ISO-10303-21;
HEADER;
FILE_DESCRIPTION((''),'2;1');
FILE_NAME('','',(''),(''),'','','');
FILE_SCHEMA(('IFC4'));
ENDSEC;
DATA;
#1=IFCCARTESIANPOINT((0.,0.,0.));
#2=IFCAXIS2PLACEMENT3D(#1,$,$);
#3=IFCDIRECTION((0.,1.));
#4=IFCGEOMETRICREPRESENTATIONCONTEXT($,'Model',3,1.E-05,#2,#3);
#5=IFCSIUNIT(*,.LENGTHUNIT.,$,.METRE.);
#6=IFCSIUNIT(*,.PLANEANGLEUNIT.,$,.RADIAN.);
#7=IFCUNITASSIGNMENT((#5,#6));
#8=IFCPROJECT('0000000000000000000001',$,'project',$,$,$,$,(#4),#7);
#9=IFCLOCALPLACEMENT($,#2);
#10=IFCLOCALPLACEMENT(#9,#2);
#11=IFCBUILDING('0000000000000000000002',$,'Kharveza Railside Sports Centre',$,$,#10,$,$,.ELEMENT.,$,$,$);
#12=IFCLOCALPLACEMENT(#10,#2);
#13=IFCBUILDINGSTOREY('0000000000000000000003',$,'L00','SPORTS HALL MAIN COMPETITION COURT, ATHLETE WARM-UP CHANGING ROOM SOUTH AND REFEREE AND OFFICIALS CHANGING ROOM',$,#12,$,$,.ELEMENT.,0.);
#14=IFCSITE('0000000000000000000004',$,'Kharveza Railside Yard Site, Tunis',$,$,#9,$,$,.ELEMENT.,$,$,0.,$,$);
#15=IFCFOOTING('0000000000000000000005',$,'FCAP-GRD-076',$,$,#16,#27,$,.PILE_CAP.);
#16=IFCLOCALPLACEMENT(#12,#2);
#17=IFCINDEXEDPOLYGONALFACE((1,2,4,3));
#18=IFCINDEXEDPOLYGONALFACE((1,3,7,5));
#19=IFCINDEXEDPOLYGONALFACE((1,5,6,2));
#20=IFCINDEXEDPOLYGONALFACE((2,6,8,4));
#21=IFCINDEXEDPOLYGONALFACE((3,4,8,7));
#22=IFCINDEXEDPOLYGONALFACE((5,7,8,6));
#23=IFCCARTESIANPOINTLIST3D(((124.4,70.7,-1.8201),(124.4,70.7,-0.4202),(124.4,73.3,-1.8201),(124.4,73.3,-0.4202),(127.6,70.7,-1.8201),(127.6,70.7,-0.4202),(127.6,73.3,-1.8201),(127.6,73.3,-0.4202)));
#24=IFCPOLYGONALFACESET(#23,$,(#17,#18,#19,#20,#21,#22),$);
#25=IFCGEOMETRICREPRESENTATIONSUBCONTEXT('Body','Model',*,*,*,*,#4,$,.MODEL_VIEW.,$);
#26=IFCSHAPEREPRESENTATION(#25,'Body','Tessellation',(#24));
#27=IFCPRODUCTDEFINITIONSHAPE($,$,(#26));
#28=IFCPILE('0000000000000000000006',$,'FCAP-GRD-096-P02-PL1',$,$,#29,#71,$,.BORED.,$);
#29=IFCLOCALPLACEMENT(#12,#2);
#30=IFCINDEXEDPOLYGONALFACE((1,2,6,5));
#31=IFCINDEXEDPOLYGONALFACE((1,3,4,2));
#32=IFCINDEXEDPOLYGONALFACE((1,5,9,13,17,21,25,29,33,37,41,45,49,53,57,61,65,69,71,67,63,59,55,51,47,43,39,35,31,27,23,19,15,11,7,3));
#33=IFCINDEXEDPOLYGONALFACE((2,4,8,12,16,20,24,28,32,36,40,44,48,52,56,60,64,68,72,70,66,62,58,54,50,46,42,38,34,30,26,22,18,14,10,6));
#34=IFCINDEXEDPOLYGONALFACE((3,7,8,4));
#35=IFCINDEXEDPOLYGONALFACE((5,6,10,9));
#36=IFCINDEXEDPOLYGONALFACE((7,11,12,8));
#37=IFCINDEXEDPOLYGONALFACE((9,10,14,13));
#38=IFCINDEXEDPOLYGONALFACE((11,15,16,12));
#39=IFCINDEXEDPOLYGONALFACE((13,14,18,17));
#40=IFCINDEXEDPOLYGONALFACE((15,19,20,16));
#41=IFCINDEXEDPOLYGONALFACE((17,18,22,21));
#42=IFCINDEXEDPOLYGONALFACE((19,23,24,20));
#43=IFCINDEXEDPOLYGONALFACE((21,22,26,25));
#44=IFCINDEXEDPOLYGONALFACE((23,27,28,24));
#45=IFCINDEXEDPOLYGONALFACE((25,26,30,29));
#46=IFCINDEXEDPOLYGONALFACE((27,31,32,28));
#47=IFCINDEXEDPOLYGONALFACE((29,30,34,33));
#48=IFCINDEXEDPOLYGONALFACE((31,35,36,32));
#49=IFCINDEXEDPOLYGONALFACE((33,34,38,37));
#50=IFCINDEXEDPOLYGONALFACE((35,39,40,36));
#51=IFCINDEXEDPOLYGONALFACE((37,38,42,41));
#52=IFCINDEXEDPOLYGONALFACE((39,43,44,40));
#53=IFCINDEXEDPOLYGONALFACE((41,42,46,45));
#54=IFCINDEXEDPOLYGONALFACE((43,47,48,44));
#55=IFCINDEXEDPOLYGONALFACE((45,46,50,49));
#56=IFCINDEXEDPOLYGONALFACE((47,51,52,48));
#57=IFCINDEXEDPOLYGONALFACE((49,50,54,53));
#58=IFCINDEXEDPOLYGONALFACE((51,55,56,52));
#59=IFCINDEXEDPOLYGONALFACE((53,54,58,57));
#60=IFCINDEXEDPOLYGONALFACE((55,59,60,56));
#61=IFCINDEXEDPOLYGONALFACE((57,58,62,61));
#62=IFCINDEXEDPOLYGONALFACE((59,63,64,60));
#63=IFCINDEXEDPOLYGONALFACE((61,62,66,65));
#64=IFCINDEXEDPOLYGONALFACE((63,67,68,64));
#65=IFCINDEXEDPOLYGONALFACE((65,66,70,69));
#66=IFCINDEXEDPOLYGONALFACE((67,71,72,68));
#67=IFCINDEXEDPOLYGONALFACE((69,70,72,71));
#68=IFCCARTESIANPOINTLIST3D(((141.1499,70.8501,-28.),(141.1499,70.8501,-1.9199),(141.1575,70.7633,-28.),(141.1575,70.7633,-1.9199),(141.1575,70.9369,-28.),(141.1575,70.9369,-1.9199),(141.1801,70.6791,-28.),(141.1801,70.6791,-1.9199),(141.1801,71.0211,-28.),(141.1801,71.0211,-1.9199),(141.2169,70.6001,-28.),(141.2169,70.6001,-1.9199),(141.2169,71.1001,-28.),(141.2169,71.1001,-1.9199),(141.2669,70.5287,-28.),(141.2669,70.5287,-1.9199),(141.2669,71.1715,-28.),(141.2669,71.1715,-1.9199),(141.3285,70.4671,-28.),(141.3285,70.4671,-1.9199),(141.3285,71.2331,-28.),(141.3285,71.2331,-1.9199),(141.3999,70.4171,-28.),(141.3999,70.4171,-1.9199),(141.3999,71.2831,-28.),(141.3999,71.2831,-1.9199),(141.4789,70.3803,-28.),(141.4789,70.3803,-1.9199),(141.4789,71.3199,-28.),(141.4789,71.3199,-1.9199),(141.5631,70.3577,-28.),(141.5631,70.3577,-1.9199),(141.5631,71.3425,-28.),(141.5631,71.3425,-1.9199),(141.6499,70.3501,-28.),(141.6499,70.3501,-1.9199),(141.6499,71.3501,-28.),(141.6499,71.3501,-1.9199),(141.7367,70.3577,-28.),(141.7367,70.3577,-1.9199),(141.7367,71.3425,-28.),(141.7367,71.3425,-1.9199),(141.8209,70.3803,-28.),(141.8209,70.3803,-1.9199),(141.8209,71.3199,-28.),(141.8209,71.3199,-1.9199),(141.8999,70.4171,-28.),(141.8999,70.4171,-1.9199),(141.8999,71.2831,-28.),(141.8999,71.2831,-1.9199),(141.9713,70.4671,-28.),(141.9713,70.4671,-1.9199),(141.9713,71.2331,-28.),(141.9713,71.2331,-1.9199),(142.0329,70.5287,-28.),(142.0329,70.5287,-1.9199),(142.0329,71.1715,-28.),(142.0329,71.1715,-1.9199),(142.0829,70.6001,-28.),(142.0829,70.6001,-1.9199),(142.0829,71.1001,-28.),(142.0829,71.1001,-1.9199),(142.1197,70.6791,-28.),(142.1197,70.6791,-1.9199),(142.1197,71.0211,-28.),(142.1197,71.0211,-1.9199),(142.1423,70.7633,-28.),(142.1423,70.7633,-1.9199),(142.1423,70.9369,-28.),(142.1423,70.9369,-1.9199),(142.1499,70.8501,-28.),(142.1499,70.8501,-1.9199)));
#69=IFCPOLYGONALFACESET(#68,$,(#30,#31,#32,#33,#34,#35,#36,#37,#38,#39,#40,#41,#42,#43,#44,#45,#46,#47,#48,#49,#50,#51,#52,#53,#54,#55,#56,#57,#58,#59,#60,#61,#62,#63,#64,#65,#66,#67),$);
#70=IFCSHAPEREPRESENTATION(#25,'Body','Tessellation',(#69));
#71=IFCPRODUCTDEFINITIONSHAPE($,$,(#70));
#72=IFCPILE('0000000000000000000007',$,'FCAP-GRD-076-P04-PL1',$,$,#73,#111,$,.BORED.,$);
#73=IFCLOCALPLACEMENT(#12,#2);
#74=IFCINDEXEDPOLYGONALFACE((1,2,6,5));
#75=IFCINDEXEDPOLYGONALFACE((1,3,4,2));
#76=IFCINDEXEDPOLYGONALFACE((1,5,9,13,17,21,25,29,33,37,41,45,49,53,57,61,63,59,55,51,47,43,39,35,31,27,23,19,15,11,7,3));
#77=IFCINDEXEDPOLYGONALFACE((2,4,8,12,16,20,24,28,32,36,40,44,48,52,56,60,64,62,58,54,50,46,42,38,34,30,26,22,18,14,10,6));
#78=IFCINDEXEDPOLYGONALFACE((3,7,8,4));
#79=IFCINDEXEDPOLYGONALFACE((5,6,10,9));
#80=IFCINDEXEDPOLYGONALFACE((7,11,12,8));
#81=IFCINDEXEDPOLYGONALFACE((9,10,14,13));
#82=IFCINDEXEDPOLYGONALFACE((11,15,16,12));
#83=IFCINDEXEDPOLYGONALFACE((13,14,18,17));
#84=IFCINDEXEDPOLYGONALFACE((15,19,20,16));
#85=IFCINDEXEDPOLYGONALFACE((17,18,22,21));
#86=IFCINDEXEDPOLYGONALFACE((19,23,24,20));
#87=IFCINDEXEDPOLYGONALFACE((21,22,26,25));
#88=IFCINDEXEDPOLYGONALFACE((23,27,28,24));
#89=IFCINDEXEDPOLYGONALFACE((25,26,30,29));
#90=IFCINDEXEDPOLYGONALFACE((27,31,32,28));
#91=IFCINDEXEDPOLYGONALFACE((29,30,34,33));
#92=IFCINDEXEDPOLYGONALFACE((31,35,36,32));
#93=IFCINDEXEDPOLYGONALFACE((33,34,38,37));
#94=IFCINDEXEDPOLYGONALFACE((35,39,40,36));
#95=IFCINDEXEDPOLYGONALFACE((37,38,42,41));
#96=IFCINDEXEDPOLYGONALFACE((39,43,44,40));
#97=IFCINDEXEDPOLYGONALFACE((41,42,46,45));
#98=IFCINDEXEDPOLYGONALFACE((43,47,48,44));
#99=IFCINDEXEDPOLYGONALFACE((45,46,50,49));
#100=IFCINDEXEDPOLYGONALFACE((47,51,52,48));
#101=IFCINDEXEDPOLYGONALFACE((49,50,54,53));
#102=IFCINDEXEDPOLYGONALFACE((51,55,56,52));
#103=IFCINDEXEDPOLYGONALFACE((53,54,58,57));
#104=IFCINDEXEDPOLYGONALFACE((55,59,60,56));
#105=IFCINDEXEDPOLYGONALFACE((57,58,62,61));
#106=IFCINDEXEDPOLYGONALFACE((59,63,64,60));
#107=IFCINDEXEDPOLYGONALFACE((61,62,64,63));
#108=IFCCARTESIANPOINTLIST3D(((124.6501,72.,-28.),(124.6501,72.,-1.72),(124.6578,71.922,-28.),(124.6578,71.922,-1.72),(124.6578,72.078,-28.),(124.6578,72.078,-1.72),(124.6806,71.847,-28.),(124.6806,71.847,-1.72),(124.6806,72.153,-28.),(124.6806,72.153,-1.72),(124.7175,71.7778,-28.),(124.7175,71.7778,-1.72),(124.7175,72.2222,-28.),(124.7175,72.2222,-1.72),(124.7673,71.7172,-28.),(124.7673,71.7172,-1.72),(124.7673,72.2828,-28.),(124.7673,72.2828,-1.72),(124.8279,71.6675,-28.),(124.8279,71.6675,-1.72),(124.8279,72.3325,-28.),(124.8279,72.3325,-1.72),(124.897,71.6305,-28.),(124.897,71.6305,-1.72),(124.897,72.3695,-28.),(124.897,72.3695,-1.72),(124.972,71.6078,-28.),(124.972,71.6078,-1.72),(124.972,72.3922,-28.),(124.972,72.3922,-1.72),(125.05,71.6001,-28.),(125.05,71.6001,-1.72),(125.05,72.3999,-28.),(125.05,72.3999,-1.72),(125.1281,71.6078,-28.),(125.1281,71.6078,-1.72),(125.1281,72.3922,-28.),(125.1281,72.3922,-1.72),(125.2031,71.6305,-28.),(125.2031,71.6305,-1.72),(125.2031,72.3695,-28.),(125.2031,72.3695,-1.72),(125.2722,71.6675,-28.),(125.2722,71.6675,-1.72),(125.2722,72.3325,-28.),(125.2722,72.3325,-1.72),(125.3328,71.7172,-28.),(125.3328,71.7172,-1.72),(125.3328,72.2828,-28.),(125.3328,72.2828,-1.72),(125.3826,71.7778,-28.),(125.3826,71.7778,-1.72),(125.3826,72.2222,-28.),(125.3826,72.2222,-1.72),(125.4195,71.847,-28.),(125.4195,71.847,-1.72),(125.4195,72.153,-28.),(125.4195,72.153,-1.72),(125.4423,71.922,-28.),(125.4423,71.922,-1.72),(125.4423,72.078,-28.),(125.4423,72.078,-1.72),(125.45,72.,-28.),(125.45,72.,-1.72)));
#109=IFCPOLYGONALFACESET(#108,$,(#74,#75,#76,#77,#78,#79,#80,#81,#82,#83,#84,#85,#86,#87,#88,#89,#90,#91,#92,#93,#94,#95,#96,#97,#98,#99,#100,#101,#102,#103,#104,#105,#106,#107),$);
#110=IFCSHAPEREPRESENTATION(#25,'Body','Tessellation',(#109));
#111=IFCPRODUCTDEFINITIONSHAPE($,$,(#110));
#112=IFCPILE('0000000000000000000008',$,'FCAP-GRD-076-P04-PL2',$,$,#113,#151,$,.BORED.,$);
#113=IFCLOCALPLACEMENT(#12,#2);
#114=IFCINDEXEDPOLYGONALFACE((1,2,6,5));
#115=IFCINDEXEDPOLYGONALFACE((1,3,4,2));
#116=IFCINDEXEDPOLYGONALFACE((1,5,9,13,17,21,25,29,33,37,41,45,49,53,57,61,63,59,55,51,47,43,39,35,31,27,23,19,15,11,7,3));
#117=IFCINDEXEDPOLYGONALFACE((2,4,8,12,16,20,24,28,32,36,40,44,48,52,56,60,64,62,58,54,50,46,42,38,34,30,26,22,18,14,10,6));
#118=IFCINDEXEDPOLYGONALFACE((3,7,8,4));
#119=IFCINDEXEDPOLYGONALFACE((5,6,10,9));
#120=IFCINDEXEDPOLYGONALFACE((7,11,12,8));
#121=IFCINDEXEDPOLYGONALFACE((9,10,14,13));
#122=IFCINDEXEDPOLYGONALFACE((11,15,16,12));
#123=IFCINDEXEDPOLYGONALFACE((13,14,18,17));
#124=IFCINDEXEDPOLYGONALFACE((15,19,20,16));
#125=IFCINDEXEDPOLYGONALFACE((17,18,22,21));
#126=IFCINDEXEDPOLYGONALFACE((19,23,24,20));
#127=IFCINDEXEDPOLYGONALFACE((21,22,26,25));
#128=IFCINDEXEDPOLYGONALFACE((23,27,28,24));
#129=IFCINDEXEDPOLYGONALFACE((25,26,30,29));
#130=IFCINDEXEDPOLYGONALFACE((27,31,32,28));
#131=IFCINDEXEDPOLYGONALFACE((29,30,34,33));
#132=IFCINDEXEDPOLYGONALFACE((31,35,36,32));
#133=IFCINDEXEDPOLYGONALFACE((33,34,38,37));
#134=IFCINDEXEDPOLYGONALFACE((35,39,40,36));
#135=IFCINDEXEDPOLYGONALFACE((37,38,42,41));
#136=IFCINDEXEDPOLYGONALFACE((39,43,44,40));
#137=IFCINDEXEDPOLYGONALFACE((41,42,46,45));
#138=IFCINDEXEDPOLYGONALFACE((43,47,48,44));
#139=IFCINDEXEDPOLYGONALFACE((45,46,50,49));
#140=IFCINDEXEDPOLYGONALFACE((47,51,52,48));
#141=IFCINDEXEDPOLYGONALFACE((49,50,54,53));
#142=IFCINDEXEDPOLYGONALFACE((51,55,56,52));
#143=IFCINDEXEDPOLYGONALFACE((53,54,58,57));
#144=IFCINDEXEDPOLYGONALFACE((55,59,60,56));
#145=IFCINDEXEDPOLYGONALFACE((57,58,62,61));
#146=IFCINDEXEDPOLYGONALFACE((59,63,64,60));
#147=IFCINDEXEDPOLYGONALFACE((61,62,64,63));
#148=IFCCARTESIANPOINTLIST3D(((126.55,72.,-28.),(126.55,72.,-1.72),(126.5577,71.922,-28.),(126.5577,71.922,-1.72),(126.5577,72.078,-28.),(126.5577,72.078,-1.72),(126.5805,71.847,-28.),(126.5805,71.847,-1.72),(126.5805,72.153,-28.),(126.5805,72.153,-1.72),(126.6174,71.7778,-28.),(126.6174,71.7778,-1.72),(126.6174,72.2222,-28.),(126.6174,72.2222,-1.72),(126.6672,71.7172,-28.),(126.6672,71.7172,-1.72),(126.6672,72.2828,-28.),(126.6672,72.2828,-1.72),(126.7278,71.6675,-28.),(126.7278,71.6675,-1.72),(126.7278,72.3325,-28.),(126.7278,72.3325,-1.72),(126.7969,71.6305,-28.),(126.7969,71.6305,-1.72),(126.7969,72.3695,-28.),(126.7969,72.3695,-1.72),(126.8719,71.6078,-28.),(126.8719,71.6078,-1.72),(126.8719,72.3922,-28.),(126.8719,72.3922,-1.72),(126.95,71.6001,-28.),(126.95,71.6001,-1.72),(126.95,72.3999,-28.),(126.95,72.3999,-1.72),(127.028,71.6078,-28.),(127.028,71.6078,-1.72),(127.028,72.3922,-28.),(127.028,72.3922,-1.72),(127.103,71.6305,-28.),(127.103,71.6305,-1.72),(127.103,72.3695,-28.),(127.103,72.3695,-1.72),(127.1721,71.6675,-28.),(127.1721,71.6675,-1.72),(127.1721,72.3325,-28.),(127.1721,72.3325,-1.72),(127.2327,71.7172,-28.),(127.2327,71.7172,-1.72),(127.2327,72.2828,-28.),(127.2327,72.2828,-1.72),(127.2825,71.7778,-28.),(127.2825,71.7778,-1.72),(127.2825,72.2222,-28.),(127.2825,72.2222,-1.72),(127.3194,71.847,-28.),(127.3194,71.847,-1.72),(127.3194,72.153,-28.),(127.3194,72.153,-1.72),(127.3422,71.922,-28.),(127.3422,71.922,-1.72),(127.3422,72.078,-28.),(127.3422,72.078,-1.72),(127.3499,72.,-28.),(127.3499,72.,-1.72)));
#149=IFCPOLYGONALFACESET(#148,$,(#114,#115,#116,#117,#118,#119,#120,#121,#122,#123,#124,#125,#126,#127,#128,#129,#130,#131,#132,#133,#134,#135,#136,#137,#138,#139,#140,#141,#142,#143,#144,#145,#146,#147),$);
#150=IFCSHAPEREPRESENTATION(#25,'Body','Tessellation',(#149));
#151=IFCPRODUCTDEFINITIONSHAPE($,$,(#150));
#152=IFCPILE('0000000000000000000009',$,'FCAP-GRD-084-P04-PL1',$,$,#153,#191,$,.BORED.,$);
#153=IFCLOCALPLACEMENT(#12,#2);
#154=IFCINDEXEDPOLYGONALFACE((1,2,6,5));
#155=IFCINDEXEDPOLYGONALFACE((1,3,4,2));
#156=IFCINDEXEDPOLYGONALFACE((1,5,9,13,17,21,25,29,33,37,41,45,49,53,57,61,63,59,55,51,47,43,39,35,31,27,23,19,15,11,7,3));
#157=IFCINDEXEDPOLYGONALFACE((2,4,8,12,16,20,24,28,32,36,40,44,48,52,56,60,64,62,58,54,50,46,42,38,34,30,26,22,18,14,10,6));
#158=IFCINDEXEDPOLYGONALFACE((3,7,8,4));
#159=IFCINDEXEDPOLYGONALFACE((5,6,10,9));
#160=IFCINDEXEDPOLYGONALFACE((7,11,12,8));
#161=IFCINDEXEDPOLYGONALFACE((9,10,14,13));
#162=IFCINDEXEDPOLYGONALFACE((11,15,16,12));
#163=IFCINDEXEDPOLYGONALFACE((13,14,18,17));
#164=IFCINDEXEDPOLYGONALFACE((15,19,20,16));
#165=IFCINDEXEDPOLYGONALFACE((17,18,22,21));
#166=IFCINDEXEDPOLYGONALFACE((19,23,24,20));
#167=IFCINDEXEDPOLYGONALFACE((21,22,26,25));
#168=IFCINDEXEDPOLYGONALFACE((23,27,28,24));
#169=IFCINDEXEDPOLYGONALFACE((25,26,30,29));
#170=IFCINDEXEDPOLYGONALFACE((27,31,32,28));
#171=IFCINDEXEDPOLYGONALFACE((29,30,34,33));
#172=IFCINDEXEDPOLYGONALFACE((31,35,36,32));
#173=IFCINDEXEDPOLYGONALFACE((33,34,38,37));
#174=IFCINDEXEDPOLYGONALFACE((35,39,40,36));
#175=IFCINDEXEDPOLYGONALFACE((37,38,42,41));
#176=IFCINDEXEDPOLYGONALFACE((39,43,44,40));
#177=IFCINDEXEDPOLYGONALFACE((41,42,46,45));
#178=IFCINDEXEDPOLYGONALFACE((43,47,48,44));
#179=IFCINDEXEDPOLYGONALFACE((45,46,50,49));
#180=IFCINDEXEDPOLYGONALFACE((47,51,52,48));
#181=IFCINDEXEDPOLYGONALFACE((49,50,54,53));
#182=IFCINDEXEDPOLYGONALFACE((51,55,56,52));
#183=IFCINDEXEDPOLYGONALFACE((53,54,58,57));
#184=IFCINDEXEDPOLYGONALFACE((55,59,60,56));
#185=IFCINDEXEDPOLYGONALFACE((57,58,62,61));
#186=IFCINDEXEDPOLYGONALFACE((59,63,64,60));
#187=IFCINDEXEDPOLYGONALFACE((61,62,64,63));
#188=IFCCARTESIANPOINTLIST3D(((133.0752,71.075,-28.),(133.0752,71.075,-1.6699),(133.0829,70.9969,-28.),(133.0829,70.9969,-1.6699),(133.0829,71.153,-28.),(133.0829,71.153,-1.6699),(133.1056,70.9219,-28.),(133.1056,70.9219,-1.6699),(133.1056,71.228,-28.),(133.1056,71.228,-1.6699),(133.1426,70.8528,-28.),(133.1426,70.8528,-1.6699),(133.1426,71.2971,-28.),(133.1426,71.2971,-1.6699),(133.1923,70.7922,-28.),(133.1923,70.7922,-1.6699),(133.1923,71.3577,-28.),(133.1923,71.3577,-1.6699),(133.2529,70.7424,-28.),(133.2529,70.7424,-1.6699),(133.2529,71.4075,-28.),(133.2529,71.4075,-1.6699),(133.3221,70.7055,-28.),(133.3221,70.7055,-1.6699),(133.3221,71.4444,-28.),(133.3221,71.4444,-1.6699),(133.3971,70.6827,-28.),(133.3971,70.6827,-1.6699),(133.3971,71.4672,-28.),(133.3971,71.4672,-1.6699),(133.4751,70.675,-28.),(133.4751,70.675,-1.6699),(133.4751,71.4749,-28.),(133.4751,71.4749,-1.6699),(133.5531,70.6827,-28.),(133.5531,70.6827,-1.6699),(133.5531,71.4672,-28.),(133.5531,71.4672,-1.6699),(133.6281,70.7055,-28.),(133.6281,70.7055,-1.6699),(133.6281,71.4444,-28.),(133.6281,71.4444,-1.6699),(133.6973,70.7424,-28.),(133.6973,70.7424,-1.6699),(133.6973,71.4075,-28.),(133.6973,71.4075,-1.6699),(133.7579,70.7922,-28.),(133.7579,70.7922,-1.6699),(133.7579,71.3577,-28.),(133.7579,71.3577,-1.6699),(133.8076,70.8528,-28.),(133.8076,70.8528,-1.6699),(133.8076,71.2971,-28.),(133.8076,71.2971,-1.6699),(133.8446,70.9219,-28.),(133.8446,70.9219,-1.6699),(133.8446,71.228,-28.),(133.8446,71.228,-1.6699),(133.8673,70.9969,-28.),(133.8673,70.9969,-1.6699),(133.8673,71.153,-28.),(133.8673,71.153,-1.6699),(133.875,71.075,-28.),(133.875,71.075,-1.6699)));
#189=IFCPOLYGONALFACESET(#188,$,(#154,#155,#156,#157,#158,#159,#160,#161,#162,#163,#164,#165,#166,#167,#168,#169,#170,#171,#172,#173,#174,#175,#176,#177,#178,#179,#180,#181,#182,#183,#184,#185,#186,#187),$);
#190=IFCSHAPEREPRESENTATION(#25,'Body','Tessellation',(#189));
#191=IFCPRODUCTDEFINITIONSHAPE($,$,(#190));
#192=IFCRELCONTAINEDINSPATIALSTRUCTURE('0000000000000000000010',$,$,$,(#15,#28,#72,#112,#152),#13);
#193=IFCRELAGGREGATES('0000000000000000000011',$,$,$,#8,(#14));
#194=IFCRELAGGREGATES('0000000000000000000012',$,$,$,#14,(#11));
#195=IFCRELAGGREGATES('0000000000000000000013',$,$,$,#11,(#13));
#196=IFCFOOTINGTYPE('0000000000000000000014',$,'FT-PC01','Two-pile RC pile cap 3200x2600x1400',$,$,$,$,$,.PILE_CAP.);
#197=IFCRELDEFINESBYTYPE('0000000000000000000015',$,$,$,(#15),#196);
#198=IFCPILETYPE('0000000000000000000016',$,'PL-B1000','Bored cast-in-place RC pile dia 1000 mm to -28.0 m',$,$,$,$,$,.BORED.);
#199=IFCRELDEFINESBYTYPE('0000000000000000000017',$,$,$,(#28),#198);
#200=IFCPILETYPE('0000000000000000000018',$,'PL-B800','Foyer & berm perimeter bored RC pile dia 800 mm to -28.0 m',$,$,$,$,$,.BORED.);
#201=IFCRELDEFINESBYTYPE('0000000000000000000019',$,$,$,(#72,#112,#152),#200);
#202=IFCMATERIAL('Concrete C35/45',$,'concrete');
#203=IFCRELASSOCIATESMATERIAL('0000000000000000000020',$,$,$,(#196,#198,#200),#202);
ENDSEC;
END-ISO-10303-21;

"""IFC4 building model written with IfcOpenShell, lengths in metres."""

from ifc_helpers import new_model, si_unit, direction, frame, origin, origin_2d, place, context, subcontext, project, spatial, rectangle, circle, extrude, material, material_profile, profile_set, type_object, element, save


model = new_model("IFC4")

# Units and contexts
model_context = context("Model", 3, precision=1e-05, world=origin(), true_north=direction((0.0, 1.0)))
body_context = subcontext(model_context, "Body", "Model", "MODEL_VIEW")
ifc_project = project(units=[si_unit("LENGTHUNIT", "METRE"), si_unit("PLANEANGLEUNIT", "RADIAN")], contexts=[model_context])

# Site, building, storey
site_placement = place(None, origin())
site = spatial("IfcSite", under=ifc_project, at=site_placement, Name="Kharveza Railside Yard Site, Tunis", CompositionType="ELEMENT", RefElevation=0.0)
building_placement = place(site_placement, origin())
building = spatial("IfcBuilding", under=site, at=building_placement, Name="Kharveza Railside Sports Centre", CompositionType="ELEMENT")
storey_placement = place(building_placement, origin())
storey = spatial("IfcBuildingStorey", under=building, at=storey_placement, Name="L00", Description="SPORTS HALL MAIN COMPETITION COURT, ATHLETE WARM-UP CHANGING ROOM SOUTH AND REFEREE AND OFFICIALS CHANGING ROOM", CompositionType="ELEMENT", Elevation=0.0)

# Footing
ifc_material_1 = material(Name="Concrete C35/45", Category="concrete")
footing_type = type_object("IfcFootingType", Name="FT-PC01", Description="Two-pile RC pile cap 3200x2600x1400", PredefinedType="PILE_CAP", material=ifc_material_1)
footing_placement = place(storey_placement, frame((126.0, 72.0, -1.8201), z_axis=(0.0, 0.0, 1.0), x_axis=(1.0, 0.0, 0.0)))
element("IfcFooting", 1, at=footing_placement, inside=storey, type_object=footing_type, Name="FCAP-GRD-076", PredefinedType="PILE_CAP", context=body_context, shape_type="SweptSolid", body=[
    extrude(rectangle(XDim=3.2, YDim=2.6001, at=origin_2d()), origin(), (0.0, 0.0, 1.0), 1.3999),
])

# Piles
ifc_material_profile_1 = material_profile(ifc_material_1, circle(Radius=0.5, at=origin_2d()), Name="PILE D1000")
ifc_profile_set_1 = profile_set([ifc_material_profile_1], Name="Concrete C35/45")
pile_type_1 = type_object("IfcPileType", Name="PL-B1000", Description="Bored cast-in-place RC pile dia 1000 mm to -28.0 m", PredefinedType="BORED", material=ifc_profile_set_1)
pile_placement = place(storey_placement, frame((141.6499, 70.8501, -1.9199), z_axis=(0.0, 0.0, -1.0), x_axis=(1.0, 0.0, 0.0)))
element("IfcPile", 2, at=pile_placement, inside=storey, type_object=pile_type_1, Name="FCAP-GRD-096-P02-PL1", PredefinedType="BORED", context=body_context, shape_type="SweptSolid", body=[
    extrude(circle(Radius=0.5, at=origin_2d()), origin(), (0.0, 0.0, 1.0), 26.0801),
])
ifc_material_profile_2 = material_profile(ifc_material_1, circle(Radius=0.3999, at=origin_2d()), Name="PILE D800")
ifc_profile_set_2 = profile_set([ifc_material_profile_2], Name="Concrete C35/45")
pile_type_2 = type_object("IfcPileType", Name="PL-B800", Description="Foyer & berm perimeter bored RC pile dia 800 mm to -28.0 m", PredefinedType="BORED", material=ifc_profile_set_2)
for number, where, z_axis, x_axis, name in (
    (3, (125.05, 72.0, -1.72), (0.0, 0.0, -1.0), (1.0, 0.0, 0.0), "FCAP-GRD-076-P04-PL1"),
    (4, (126.95, 72.0, -1.72), (0.0, 0.0, -1.0), (1.0, 0.0, 0.0), "FCAP-GRD-076-P04-PL2"),
):
    element("IfcPile", number, at=place(storey_placement, frame(where, z_axis=z_axis, x_axis=x_axis)), inside=storey, type_object=pile_type_2, Name=name, PredefinedType="BORED", context=body_context, shape_type="SweptSolid", body=[
        extrude(circle(Radius=0.3999, at=origin_2d()), origin(), (0.0, 0.0, 1.0), 26.28),
    ])
for number, where, z_axis, x_axis, name in (
    (5, (133.4751, 71.075, -1.6699), (0.0, 0.0, -1.0), (1.0, 0.0, 0.0), "FCAP-GRD-084-P04-PL1"),
):
    element("IfcPile", number, at=place(storey_placement, frame(where, z_axis=z_axis, x_axis=x_axis)), inside=storey, type_object=pile_type_2, Name=name, PredefinedType="BORED", context=body_context, shape_type="SweptSolid", body=[
        extrude(circle(Radius=0.3999, at=origin_2d()), origin(), (0.0, 0.0, 1.0), 26.3301),
    ])

save(model, "model.ifc")
